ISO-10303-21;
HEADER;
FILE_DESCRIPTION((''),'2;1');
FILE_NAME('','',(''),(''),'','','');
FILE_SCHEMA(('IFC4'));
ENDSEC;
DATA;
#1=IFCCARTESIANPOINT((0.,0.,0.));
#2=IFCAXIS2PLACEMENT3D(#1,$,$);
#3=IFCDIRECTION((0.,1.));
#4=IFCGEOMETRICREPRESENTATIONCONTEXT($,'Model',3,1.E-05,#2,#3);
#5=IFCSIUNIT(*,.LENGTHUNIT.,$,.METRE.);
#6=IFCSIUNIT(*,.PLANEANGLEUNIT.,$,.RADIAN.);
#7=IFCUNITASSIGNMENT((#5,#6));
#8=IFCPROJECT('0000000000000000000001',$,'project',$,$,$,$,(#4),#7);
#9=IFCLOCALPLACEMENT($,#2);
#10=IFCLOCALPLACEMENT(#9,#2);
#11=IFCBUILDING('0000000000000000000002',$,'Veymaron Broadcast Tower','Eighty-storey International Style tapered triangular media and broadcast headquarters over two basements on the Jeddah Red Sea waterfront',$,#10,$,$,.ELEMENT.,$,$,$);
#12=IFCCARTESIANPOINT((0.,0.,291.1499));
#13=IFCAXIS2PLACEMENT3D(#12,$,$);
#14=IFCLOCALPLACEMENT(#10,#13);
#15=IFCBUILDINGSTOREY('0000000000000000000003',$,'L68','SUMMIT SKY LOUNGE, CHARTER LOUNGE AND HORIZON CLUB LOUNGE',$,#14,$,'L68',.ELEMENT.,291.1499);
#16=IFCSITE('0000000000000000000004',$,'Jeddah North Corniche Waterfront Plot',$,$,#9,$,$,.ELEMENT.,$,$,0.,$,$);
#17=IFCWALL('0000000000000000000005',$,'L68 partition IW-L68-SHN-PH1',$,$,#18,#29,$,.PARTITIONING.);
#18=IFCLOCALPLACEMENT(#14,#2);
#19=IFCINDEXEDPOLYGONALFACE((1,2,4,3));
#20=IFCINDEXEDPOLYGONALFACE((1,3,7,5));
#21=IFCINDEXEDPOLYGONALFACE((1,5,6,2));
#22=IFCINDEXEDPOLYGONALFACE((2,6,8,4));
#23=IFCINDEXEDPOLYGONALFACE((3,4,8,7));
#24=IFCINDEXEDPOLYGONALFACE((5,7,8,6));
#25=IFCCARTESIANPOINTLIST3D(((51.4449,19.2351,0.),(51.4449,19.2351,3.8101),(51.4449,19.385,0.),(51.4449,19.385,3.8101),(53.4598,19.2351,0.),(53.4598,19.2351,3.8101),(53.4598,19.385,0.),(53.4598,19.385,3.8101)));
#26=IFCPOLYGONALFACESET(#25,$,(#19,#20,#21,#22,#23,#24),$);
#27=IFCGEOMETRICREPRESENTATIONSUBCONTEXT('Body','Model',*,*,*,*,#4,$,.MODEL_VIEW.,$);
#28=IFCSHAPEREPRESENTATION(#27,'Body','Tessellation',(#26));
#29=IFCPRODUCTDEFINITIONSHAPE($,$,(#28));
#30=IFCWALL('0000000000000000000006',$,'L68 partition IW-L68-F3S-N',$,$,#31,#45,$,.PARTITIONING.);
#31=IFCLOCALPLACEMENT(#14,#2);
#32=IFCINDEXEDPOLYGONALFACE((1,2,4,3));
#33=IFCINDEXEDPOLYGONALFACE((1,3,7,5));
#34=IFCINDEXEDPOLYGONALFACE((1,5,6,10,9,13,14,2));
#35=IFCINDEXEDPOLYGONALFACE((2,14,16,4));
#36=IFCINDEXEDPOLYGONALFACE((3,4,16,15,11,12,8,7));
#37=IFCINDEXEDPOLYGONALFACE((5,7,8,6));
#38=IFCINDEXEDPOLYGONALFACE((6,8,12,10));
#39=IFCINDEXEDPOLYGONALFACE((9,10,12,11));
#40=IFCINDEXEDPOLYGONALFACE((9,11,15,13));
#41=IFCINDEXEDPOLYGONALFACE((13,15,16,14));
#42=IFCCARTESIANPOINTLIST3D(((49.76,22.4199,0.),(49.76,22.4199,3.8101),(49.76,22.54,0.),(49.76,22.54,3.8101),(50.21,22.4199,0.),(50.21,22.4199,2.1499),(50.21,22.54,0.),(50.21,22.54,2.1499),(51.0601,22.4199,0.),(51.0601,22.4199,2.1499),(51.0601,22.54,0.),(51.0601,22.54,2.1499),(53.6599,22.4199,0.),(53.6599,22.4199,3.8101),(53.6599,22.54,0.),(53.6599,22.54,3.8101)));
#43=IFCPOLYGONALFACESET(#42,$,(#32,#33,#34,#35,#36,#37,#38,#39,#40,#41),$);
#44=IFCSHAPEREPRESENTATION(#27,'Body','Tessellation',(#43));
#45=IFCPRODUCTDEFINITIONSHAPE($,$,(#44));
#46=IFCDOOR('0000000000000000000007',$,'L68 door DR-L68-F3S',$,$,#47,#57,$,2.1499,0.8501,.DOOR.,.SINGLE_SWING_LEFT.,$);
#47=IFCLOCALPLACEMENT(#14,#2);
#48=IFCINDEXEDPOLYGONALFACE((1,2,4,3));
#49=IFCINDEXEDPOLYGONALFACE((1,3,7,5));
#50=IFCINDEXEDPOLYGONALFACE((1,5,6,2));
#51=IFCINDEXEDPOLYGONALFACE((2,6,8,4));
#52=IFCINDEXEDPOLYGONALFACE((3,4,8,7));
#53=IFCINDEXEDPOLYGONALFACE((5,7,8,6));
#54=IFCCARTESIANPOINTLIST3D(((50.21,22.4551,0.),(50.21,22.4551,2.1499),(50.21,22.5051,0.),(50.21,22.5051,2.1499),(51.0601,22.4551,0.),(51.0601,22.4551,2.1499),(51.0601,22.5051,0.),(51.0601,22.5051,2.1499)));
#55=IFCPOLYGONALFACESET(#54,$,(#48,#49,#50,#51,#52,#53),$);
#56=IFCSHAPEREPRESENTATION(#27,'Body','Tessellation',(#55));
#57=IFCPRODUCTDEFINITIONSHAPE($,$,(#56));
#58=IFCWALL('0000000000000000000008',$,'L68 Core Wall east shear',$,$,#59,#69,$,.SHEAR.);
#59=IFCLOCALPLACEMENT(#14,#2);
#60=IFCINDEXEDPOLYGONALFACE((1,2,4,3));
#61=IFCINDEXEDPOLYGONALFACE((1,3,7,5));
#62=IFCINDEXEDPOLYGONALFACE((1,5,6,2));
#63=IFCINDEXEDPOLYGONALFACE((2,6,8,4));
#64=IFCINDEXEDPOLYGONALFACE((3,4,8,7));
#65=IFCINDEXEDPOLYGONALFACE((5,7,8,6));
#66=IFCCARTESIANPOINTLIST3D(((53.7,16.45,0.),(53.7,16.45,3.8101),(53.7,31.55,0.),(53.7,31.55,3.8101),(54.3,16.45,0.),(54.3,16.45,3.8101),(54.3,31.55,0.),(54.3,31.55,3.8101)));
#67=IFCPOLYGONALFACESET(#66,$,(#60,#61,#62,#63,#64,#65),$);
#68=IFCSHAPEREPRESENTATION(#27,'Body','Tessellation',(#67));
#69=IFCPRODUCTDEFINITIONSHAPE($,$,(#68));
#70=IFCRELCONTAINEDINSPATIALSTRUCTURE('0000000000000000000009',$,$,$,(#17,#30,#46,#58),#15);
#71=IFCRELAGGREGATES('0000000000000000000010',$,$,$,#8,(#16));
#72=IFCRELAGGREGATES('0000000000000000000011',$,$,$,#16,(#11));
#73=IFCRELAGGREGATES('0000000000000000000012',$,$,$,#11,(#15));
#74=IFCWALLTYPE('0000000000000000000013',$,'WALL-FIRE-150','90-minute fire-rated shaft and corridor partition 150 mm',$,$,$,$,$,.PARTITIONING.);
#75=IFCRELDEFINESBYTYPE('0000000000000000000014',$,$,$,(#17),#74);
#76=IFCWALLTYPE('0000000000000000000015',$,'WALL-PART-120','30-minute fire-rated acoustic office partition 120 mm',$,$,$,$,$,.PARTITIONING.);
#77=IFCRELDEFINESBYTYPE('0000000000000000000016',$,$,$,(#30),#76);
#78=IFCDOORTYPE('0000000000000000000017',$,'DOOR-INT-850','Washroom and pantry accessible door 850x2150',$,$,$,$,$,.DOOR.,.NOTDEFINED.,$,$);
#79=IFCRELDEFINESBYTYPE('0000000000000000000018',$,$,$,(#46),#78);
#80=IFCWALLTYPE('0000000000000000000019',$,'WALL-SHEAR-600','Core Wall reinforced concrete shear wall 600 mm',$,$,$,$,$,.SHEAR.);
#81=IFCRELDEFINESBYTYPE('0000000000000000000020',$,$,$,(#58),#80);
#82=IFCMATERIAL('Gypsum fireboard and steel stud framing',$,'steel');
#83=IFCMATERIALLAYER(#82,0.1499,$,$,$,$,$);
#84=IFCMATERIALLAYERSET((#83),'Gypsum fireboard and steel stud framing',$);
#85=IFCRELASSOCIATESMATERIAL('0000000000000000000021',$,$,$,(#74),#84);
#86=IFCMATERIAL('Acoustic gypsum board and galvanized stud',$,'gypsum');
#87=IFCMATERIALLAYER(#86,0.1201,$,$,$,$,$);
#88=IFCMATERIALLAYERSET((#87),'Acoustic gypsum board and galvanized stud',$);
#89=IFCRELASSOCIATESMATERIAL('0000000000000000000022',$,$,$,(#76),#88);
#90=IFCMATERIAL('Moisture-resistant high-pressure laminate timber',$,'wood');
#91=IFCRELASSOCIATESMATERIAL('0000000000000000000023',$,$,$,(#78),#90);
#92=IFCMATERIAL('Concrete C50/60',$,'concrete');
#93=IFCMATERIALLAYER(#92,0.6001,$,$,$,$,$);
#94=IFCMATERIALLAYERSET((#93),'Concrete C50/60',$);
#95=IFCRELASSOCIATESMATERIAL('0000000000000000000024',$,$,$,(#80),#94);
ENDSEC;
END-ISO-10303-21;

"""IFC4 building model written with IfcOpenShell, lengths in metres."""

from ifc_helpers import new_model, si_unit, direction, frame, frame_2d, origin, place, context, subcontext, project, spatial, rectangle, extrude, material, layer, layer_set, type_object, element, fill, save


model = new_model("IFC4")

# Units and contexts
model_context = context("Model", 3, precision=1e-05, world=origin(), true_north=direction((0.0, 1.0)))
body_context = subcontext(model_context, "Body", "Model", "MODEL_VIEW")
ifc_project = project(units=[si_unit("LENGTHUNIT", "METRE"), si_unit("PLANEANGLEUNIT", "RADIAN")], contexts=[model_context])

# Site, building, storey
site_placement = place(None, origin())
site = spatial("IfcSite", under=ifc_project, at=site_placement, Name="Jeddah North Corniche Waterfront Plot", CompositionType="ELEMENT", RefElevation=0.0)
building_placement = place(site_placement, origin())
building = spatial("IfcBuilding", under=site, at=building_placement, Name="Veymaron Broadcast Tower", Description="Eighty-storey International Style tapered triangular media and broadcast headquarters over two basements on the Jeddah Red Sea waterfront", CompositionType="ELEMENT")
storey_placement = place(building_placement, frame((0.0, 0.0, 291.1499)))
storey = spatial("IfcBuildingStorey", under=building, at=storey_placement, Name="L68", Description="SUMMIT SKY LOUNGE, CHARTER LOUNGE AND HORIZON CLUB LOUNGE", LongName="L68", CompositionType="ELEMENT", Elevation=291.1499)

# Shared definitions
ifc_material_1 = material(Name="Gypsum fireboard and steel stud framing", Category="steel")
ifc_layer_1 = layer(ifc_material_1, 0.1499)
ifc_layer_set_1 = layer_set([ifc_layer_1], Name="Gypsum fireboard and steel stud framing")
wall_type_1 = type_object("IfcWallType", Name="WALL-FIRE-150", Description="90-minute fire-rated shaft and corridor partition 150 mm", PredefinedType="PARTITIONING", material=ifc_layer_set_1)

# Wall
for number, where, z_axis, x_axis, name in (
    (1, (51.4451, 19.3101, 0.0), (0.0, 0.0, 1.0), (1.0, 0.0, 0.0), "L68 partition IW-L68-SHN-PH1"),
):
    element("IfcWall", number, at=place(storey_placement, frame(where, z_axis=z_axis, x_axis=x_axis)), inside=storey, type_object=wall_type_1, Name=name, PredefinedType="PARTITIONING", context=body_context, shape_type="SweptSolid", body=[
        extrude(rectangle(XDim=2.0149, YDim=0.1499, at=frame_2d((1.0073, 0.0))), origin(), (0.0, 0.0, 1.0), 3.8101),
    ])

# Wall, opening, door
ifc_material_2 = material(Name="Acoustic gypsum board and galvanized stud", Category="gypsum")
ifc_layer_2 = layer(ifc_material_2, 0.1201)
ifc_layer_set_2 = layer_set([ifc_layer_2], Name="Acoustic gypsum board and galvanized stud")
wall_type_2 = type_object("IfcWallType", Name="WALL-PART-120", Description="30-minute fire-rated acoustic office partition 120 mm", PredefinedType="PARTITIONING", material=ifc_layer_set_2)
wall_1_placement = place(storey_placement, frame((49.76, 22.48, 0.0), z_axis=(0.0, 0.0, 1.0), x_axis=(1.0, 0.0, 0.0)))
wall_1 = element("IfcWall", 2, at=wall_1_placement, inside=storey, type_object=wall_type_2, Name="L68 partition IW-L68-F3S-N", PredefinedType="PARTITIONING", context=body_context, shape_type="SweptSolid", body=[
    extrude(rectangle(XDim=3.8999, YDim=0.1201, at=frame_2d((1.95, 0.0))), origin(), (0.0, 0.0, 1.0), 3.8101),
])
opening_1_placement = place(wall_1_placement, frame((0.45, 0.0, 0.0)))
opening_1 = element("IfcOpeningElement", 3, at=opening_1_placement, cuts=wall_1, PredefinedType="OPENING", context=body_context, shape_type="SweptSolid", body=[
    extrude(rectangle(XDim=0.8501, YDim=2.1499, at=frame_2d((0.425, 1.075))), frame((0.0, 0.0701, 0.0), z_axis=(0.0, -1.0, 0.0), x_axis=(1.0, 0.0, 0.0)), (0.0, 0.0, 1.0), 0.1401),
])
ifc_material_3 = material(Name="Moisture-resistant high-pressure laminate timber", Category="wood")
door_type_1 = type_object("IfcDoorType", Name="DOOR-INT-850", Description="Washroom and pantry accessible door 850x2150", OperationType="NOTDEFINED", PredefinedType="DOOR", material=ifc_material_3)
door_1_placement = place(opening_1_placement, frame((0.8501, 0.0, 0.0), z_axis=(0.0, 0.0, 1.0), x_axis=(-1.0, 0.0, 0.0)))
door_1 = element("IfcDoor", 4, at=door_1_placement, inside=storey, type_object=door_type_1, Name="L68 door DR-L68-F3S", OperationType="SINGLE_SWING_LEFT", OverallHeight=2.1499, OverallWidth=0.8501, PredefinedType="DOOR", context=body_context, shape_type="SweptSolid", body=[
    extrude(rectangle(XDim=0.8501, YDim=2.1499, at=frame_2d((0.425, 1.075))), frame((0.0, 0.0249, 0.0), z_axis=(0.0, -1.0, 0.0), x_axis=(1.0, 0.0, 0.0)), (0.0, 0.0, 1.0), 0.05),
])
fill(opening_1, door_1)

# Wall
ifc_material_4 = material(Name="Concrete C50/60", Category="concrete")
ifc_layer_3 = layer(ifc_material_4, 0.6001)
ifc_layer_set_3 = layer_set([ifc_layer_3], Name="Concrete C50/60")
wall_type_3 = type_object("IfcWallType", Name="WALL-SHEAR-600", Description="Core Wall reinforced concrete shear wall 600 mm", PredefinedType="SHEAR", material=ifc_layer_set_3)
wall_2_placement = place(storey_placement, frame((54.0, 16.45, 0.0), z_axis=(0.0, 0.0, 1.0), x_axis=(0.0, 1.0, 0.0)))
element("IfcWall", 5, at=wall_2_placement, inside=storey, type_object=wall_type_3, Name="L68 Core Wall east shear", PredefinedType="SHEAR", context=body_context, shape_type="SweptSolid", body=[
    extrude(rectangle(XDim=15.1001, YDim=0.6001, at=frame_2d((7.55, 0.0))), origin(), (0.0, 0.0, 1.0), 3.8101),
])

save(model, "model.ifc")
